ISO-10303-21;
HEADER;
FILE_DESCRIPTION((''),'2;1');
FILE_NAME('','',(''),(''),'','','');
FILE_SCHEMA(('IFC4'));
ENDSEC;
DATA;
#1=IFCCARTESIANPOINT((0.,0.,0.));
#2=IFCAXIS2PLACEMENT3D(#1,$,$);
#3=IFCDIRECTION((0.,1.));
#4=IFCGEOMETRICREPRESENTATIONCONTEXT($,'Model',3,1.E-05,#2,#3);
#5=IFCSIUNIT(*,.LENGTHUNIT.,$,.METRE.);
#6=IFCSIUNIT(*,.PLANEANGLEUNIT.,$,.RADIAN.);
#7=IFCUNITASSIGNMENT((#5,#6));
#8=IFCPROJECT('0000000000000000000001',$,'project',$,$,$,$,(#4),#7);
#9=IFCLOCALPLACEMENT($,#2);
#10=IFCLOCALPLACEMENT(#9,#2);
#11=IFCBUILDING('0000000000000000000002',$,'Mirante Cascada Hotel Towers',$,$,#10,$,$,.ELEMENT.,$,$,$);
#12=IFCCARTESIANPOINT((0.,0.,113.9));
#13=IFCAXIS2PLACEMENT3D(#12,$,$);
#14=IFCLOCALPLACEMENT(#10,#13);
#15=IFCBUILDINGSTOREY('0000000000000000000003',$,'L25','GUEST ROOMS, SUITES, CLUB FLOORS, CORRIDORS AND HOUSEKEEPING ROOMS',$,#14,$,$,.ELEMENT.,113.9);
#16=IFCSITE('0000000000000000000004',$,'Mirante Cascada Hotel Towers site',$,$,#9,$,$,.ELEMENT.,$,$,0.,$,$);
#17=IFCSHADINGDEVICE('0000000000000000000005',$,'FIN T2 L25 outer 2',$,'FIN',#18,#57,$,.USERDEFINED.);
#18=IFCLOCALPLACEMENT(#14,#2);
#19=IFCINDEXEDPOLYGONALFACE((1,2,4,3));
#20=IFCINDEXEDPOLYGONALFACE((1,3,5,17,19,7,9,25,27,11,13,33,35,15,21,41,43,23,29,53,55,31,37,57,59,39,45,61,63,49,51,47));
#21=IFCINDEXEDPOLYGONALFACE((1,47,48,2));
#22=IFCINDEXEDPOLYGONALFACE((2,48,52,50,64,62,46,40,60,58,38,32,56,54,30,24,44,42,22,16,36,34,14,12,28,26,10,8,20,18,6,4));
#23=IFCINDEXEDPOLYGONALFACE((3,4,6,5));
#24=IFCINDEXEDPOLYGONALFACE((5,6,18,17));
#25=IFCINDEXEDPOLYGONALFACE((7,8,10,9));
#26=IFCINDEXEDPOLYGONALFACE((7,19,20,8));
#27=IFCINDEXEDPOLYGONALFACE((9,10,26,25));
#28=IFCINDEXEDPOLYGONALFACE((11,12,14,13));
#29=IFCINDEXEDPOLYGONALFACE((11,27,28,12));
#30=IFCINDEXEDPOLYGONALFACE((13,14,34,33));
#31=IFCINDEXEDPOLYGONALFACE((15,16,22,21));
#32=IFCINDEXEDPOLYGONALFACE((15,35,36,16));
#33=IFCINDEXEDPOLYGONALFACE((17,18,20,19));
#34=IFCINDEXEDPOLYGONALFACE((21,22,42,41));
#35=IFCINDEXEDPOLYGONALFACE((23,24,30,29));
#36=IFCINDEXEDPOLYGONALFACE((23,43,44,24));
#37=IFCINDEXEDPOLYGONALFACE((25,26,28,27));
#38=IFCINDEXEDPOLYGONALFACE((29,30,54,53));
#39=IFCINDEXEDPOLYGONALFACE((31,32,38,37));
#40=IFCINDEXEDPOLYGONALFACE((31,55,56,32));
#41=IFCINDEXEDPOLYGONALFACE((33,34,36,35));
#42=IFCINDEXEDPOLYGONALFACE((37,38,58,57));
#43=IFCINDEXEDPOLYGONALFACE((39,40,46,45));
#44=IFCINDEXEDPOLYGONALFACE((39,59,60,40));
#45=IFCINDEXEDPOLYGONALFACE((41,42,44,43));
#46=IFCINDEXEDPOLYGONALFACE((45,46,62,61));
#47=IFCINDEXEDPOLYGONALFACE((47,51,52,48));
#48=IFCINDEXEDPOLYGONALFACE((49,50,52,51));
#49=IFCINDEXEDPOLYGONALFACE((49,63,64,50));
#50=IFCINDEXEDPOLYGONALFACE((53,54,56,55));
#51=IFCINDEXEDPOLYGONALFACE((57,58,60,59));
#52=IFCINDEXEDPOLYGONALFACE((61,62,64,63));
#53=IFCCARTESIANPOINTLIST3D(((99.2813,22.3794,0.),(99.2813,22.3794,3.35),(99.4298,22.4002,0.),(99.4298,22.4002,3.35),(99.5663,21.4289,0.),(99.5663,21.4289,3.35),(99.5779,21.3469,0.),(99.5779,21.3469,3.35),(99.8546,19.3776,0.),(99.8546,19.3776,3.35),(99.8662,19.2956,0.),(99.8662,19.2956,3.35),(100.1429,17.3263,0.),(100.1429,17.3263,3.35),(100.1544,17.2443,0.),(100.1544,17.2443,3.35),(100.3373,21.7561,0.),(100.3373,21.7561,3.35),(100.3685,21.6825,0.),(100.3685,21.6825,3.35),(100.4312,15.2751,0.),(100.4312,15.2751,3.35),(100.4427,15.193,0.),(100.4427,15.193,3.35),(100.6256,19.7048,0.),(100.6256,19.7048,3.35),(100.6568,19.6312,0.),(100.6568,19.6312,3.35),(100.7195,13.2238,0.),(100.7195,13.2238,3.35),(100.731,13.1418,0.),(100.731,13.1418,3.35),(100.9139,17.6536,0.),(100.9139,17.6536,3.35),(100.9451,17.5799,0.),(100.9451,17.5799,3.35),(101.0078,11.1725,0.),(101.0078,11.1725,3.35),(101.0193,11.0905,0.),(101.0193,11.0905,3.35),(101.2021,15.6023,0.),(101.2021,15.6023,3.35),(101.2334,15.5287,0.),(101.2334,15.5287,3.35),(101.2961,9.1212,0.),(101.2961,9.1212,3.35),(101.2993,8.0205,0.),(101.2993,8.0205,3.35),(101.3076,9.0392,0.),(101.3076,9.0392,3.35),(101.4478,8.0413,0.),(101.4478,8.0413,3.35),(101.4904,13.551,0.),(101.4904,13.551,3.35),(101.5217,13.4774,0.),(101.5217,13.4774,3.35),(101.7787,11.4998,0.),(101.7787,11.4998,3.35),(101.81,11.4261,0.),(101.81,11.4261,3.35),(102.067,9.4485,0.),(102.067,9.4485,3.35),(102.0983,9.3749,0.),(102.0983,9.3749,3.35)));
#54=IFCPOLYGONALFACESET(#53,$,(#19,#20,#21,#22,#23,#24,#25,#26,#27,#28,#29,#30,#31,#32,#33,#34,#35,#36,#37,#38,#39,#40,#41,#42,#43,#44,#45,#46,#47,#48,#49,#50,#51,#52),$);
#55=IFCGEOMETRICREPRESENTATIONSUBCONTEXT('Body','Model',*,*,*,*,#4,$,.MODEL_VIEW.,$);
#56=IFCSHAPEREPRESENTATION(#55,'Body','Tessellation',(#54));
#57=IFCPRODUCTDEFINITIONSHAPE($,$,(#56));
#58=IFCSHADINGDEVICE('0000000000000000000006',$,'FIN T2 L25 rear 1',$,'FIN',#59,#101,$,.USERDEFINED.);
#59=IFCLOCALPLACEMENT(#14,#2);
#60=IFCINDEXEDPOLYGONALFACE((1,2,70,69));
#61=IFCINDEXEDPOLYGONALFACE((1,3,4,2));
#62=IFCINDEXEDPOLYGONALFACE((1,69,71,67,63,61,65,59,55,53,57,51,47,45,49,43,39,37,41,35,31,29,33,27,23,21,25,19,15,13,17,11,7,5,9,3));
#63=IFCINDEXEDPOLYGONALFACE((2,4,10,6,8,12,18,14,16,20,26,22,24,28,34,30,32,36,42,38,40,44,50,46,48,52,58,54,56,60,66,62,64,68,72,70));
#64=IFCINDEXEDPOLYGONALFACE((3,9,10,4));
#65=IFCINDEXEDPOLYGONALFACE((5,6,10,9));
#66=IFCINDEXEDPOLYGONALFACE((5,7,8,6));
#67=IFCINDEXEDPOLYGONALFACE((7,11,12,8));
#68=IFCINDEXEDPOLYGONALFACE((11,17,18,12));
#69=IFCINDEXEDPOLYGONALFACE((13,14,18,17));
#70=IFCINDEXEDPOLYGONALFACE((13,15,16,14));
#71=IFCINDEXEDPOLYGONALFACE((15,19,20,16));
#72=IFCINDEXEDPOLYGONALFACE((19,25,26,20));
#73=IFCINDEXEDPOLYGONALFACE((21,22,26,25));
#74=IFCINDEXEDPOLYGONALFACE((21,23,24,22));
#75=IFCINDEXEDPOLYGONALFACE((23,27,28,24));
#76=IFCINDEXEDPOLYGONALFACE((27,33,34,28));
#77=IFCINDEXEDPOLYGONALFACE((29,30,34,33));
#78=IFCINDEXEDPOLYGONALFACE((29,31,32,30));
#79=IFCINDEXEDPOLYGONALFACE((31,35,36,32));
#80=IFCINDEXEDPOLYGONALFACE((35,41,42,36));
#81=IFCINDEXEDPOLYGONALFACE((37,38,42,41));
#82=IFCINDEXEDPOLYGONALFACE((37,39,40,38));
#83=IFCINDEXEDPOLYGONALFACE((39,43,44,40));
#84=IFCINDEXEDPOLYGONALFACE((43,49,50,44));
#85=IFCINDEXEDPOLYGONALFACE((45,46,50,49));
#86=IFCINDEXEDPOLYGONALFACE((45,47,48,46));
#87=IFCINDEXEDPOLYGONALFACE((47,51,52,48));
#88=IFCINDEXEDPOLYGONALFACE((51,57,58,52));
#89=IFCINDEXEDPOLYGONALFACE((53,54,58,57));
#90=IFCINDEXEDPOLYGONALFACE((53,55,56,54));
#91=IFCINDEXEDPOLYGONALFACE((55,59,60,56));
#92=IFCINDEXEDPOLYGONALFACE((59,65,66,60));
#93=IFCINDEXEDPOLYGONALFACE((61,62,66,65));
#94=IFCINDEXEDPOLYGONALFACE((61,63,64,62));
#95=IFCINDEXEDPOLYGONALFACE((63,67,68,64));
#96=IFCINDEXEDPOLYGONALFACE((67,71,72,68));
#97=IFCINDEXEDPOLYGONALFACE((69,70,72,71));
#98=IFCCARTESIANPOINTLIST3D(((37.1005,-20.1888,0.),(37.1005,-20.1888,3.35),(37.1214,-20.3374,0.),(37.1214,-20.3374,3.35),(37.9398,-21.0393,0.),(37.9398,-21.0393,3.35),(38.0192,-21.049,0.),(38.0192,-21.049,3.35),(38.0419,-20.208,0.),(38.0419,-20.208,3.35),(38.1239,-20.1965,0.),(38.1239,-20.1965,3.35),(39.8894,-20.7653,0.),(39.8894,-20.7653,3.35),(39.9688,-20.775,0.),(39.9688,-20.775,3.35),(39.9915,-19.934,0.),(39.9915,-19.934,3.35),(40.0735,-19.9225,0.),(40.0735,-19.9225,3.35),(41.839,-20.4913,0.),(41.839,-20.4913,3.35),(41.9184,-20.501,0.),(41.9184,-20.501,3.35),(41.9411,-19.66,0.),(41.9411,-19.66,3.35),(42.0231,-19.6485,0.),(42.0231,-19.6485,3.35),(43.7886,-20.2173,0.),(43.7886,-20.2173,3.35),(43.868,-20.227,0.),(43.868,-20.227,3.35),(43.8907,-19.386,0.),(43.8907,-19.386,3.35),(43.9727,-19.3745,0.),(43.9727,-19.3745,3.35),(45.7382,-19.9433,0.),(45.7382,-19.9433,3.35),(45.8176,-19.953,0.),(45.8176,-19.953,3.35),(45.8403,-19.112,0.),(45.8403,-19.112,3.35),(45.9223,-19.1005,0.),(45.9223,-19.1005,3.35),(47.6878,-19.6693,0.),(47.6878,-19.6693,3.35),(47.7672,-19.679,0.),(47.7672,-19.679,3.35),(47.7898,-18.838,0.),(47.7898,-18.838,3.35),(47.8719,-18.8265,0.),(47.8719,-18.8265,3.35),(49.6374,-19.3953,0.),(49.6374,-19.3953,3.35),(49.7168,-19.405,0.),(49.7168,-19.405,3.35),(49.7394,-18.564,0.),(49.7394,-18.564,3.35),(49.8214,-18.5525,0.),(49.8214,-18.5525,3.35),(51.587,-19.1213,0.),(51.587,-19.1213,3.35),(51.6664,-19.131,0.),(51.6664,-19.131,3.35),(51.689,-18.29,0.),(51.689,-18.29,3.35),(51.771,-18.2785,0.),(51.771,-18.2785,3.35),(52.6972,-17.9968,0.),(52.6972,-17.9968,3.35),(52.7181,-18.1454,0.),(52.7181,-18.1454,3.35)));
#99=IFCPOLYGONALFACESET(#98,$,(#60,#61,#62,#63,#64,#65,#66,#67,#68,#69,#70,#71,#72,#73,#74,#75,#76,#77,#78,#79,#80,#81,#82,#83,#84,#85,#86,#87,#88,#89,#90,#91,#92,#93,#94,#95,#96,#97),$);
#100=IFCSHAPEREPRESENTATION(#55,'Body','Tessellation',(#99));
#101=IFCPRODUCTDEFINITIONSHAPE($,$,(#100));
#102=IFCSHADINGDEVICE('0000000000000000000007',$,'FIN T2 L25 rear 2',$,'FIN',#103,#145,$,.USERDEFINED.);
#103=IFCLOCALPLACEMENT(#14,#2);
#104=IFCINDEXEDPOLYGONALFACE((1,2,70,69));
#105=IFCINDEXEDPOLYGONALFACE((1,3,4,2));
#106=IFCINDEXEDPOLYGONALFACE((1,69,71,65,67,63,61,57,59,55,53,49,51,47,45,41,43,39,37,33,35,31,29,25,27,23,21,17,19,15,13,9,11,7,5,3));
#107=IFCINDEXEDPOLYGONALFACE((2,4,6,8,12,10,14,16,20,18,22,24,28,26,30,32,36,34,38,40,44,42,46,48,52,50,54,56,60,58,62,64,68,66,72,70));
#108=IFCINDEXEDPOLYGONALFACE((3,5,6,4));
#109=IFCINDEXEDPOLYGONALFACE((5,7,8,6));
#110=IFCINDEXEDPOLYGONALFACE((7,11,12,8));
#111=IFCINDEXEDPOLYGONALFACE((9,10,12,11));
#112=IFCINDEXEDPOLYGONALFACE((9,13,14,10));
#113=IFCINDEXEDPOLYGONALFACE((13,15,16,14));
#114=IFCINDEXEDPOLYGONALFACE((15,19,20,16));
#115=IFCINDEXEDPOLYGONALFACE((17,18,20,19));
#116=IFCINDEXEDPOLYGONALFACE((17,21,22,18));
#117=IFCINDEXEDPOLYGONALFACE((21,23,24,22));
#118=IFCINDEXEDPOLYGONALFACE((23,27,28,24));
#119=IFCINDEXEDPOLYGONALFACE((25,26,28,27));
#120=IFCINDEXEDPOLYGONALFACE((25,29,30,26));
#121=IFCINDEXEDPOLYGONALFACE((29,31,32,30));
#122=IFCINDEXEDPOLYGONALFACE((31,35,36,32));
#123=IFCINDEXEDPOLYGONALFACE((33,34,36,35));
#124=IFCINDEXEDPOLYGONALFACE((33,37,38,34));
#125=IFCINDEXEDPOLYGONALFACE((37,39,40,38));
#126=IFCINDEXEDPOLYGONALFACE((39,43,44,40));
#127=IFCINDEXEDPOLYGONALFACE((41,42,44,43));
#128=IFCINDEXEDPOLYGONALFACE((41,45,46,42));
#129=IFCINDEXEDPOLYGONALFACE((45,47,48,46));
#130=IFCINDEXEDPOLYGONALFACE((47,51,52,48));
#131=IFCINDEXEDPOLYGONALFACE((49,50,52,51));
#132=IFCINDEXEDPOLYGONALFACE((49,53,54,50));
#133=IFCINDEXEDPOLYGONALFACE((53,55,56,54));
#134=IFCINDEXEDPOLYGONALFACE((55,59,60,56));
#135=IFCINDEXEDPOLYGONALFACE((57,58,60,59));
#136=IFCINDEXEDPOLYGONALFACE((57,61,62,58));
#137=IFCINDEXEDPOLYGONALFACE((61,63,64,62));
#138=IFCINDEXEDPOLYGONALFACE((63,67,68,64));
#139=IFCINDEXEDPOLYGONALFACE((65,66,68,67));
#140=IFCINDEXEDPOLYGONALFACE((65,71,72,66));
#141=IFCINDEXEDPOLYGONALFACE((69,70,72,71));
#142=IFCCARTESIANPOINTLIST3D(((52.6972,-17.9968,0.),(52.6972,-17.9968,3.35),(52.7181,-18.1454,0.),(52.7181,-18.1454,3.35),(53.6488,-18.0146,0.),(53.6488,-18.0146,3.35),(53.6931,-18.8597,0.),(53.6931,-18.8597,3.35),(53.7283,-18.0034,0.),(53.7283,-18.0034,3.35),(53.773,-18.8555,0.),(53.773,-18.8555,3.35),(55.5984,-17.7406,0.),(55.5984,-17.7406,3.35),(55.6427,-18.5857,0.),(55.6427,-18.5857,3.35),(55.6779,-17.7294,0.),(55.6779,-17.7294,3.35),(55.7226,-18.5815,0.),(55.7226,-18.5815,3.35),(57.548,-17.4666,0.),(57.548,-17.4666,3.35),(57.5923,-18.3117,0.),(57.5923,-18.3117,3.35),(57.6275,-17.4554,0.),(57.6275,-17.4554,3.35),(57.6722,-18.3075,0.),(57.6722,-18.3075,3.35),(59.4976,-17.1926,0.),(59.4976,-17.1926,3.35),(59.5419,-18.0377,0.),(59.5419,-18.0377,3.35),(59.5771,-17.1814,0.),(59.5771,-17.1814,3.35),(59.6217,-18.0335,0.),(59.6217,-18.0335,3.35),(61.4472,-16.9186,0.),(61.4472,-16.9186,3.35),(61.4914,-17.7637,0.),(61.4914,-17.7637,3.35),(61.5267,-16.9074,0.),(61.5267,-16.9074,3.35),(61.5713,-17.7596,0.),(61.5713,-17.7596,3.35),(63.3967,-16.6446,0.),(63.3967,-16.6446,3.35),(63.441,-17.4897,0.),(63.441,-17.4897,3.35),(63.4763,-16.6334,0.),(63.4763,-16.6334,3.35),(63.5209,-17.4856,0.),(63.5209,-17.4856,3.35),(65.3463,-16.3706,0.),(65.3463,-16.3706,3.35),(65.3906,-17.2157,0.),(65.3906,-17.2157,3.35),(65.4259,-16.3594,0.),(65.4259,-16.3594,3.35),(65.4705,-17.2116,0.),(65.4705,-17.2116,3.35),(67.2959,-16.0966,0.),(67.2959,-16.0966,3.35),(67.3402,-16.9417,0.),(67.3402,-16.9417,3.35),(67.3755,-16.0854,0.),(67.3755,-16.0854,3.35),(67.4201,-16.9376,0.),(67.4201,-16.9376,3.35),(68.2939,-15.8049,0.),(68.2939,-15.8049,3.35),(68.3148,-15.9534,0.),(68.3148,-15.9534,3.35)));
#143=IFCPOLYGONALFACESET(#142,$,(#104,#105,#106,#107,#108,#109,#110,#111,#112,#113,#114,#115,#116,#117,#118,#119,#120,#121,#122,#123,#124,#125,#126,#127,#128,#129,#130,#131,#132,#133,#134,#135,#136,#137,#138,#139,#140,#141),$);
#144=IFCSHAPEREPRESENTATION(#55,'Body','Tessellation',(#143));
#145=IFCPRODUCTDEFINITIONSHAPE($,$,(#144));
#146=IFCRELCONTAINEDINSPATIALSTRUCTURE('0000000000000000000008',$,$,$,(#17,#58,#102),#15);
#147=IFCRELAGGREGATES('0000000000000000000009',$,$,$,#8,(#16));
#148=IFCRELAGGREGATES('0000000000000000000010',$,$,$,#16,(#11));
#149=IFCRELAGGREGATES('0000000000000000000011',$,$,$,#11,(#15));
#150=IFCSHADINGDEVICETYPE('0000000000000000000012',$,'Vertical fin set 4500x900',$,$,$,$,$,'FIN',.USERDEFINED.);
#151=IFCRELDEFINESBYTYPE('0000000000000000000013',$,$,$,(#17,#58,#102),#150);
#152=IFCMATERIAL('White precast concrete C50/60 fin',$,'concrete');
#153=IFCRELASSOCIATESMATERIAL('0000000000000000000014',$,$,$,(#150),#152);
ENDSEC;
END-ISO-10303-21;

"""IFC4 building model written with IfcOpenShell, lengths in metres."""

from ifc_helpers import new_model, si_unit, direction, frame, origin, place, context, subcontext, project, spatial, polyline, outline, extrude, material, type_object, element, save


model = new_model("IFC4")

# Units and contexts
model_context = context("Model", 3, precision=1e-05, world=origin(), true_north=direction((0.0, 1.0)))
body_context = subcontext(model_context, "Body", "Model", "MODEL_VIEW")
ifc_project = project(units=[si_unit("LENGTHUNIT", "METRE"), si_unit("PLANEANGLEUNIT", "RADIAN")], contexts=[model_context])

# Site, building, storey
site_placement = place(None, origin())
site = spatial("IfcSite", under=ifc_project, at=site_placement, Name="Mirante Cascada Hotel Towers site", CompositionType="ELEMENT", RefElevation=0.0)
building_placement = place(site_placement, origin())
building = spatial("IfcBuilding", under=site, at=building_placement, Name="Mirante Cascada Hotel Towers", CompositionType="ELEMENT")
storey_placement = place(building_placement, frame((0.0, 0.0, 113.9)))
storey = spatial("IfcBuildingStorey", under=building, at=storey_placement, Name="L25", Description="GUEST ROOMS, SUITES, CLUB FLOORS, CORRIDORS AND HOUSEKEEPING ROOMS", CompositionType="ELEMENT", Elevation=113.9)

# Shading devices
ifc_material_1 = material(Name="White precast concrete C50/60 fin", Category="concrete")
shading_device_type = type_object("IfcShadingDeviceType", Name="Vertical fin set 4500x900", ElementType="FIN", PredefinedType="USERDEFINED", material=ifc_material_1)
shading_device_1_placement = place(storey_placement, origin())
element("IfcShadingDevice", 1, at=shading_device_1_placement, inside=storey, type_object=shading_device_type, Name="FIN T2 L25 outer 2", ObjectType="FIN", PredefinedType="USERDEFINED", context=body_context, shape_type="SweptSolid", body=[
    extrude(outline(polyline([(102.0983, 9.3749), (101.3076, 9.0392), (101.4478, 8.0413), (101.2993, 8.0205), (99.2813, 22.3794), (99.4298, 22.4002), (99.5663, 21.4289), (100.3373, 21.7561), (100.3685, 21.6825), (99.5779, 21.3469), (99.8546, 19.3776), (100.6256, 19.7048), (100.6568, 19.6312), (99.8662, 19.2956), (100.1429, 17.3263), (100.9139, 17.6536), (100.9451, 17.5799), (100.1544, 17.2443), (100.4312, 15.2751), (101.2021, 15.6023), (101.2334, 15.5287), (100.4427, 15.193), (100.7195, 13.2238), (101.4904, 13.551), (101.5217, 13.4774), (100.731, 13.1418), (101.0078, 11.1725), (101.7787, 11.4998), (101.81, 11.4261), (101.0193, 11.0905), (101.2961, 9.1212), (102.067, 9.4485), (102.0983, 9.3749)])), origin(), (0.0, 0.0, 1.0), 3.35),
])
shading_device_2_placement = place(storey_placement, origin())
element("IfcShadingDevice", 2, at=shading_device_2_placement, inside=storey, type_object=shading_device_type, Name="FIN T2 L25 rear 1", ObjectType="FIN", PredefinedType="USERDEFINED", context=body_context, shape_type="SweptSolid", body=[
    extrude(outline(polyline([(37.9398, -21.0393), (38.0419, -20.208), (37.1214, -20.3374), (37.1005, -20.1888), (52.6972, -17.9968), (52.7181, -18.1454), (51.771, -18.2785), (51.6664, -19.131), (51.587, -19.1213), (51.689, -18.29), (49.8214, -18.5525), (49.7168, -19.405), (49.6374, -19.3953), (49.7394, -18.564), (47.8719, -18.8265), (47.7672, -19.679), (47.6878, -19.6693), (47.7898, -18.838), (45.9223, -19.1005), (45.8176, -19.953), (45.7382, -19.9433), (45.8403, -19.112), (43.9727, -19.3745), (43.868, -20.227), (43.7886, -20.2173), (43.8907, -19.386), (42.0231, -19.6485), (41.9184, -20.501), (41.839, -20.4913), (41.9411, -19.66), (40.0735, -19.9225), (39.9688, -20.775), (39.8894, -20.7653), (39.9915, -19.934), (38.1239, -20.1965), (38.0192, -21.049), (37.9398, -21.0393)])), origin(), (0.0, 0.0, 1.0), 3.35),
])
shading_device_3_placement = place(storey_placement, origin())
element("IfcShadingDevice", 3, at=shading_device_3_placement, inside=storey, type_object=shading_device_type, Name="FIN T2 L25 rear 2", ObjectType="FIN", PredefinedType="USERDEFINED", context=body_context, shape_type="SweptSolid", body=[
    extrude(outline(polyline([(53.6931, -18.8597), (53.6488, -18.0146), (52.7181, -18.1454), (52.6972, -17.9968), (68.2939, -15.8049), (68.3148, -15.9534), (67.3755, -16.0854), (67.4201, -16.9376), (67.3402, -16.9417), (67.2959, -16.0966), (65.4259, -16.3594), (65.4705, -17.2116), (65.3906, -17.2157), (65.3463, -16.3706), (63.4763, -16.6334), (63.5209, -17.4856), (63.441, -17.4897), (63.3967, -16.6446), (61.5267, -16.9074), (61.5713, -17.7596), (61.4914, -17.7637), (61.4472, -16.9186), (59.5771, -17.1814), (59.6217, -18.0335), (59.5419, -18.0377), (59.4976, -17.1926), (57.6275, -17.4554), (57.6722, -18.3075), (57.5923, -18.3117), (57.548, -17.4666), (55.6779, -17.7294), (55.7226, -18.5815), (55.6427, -18.5857), (55.5984, -17.7406), (53.7283, -18.0034), (53.773, -18.8555), (53.6931, -18.8597)])), origin(), (0.0, 0.0, 1.0), 3.35),
])

save(model, "model.ifc")
